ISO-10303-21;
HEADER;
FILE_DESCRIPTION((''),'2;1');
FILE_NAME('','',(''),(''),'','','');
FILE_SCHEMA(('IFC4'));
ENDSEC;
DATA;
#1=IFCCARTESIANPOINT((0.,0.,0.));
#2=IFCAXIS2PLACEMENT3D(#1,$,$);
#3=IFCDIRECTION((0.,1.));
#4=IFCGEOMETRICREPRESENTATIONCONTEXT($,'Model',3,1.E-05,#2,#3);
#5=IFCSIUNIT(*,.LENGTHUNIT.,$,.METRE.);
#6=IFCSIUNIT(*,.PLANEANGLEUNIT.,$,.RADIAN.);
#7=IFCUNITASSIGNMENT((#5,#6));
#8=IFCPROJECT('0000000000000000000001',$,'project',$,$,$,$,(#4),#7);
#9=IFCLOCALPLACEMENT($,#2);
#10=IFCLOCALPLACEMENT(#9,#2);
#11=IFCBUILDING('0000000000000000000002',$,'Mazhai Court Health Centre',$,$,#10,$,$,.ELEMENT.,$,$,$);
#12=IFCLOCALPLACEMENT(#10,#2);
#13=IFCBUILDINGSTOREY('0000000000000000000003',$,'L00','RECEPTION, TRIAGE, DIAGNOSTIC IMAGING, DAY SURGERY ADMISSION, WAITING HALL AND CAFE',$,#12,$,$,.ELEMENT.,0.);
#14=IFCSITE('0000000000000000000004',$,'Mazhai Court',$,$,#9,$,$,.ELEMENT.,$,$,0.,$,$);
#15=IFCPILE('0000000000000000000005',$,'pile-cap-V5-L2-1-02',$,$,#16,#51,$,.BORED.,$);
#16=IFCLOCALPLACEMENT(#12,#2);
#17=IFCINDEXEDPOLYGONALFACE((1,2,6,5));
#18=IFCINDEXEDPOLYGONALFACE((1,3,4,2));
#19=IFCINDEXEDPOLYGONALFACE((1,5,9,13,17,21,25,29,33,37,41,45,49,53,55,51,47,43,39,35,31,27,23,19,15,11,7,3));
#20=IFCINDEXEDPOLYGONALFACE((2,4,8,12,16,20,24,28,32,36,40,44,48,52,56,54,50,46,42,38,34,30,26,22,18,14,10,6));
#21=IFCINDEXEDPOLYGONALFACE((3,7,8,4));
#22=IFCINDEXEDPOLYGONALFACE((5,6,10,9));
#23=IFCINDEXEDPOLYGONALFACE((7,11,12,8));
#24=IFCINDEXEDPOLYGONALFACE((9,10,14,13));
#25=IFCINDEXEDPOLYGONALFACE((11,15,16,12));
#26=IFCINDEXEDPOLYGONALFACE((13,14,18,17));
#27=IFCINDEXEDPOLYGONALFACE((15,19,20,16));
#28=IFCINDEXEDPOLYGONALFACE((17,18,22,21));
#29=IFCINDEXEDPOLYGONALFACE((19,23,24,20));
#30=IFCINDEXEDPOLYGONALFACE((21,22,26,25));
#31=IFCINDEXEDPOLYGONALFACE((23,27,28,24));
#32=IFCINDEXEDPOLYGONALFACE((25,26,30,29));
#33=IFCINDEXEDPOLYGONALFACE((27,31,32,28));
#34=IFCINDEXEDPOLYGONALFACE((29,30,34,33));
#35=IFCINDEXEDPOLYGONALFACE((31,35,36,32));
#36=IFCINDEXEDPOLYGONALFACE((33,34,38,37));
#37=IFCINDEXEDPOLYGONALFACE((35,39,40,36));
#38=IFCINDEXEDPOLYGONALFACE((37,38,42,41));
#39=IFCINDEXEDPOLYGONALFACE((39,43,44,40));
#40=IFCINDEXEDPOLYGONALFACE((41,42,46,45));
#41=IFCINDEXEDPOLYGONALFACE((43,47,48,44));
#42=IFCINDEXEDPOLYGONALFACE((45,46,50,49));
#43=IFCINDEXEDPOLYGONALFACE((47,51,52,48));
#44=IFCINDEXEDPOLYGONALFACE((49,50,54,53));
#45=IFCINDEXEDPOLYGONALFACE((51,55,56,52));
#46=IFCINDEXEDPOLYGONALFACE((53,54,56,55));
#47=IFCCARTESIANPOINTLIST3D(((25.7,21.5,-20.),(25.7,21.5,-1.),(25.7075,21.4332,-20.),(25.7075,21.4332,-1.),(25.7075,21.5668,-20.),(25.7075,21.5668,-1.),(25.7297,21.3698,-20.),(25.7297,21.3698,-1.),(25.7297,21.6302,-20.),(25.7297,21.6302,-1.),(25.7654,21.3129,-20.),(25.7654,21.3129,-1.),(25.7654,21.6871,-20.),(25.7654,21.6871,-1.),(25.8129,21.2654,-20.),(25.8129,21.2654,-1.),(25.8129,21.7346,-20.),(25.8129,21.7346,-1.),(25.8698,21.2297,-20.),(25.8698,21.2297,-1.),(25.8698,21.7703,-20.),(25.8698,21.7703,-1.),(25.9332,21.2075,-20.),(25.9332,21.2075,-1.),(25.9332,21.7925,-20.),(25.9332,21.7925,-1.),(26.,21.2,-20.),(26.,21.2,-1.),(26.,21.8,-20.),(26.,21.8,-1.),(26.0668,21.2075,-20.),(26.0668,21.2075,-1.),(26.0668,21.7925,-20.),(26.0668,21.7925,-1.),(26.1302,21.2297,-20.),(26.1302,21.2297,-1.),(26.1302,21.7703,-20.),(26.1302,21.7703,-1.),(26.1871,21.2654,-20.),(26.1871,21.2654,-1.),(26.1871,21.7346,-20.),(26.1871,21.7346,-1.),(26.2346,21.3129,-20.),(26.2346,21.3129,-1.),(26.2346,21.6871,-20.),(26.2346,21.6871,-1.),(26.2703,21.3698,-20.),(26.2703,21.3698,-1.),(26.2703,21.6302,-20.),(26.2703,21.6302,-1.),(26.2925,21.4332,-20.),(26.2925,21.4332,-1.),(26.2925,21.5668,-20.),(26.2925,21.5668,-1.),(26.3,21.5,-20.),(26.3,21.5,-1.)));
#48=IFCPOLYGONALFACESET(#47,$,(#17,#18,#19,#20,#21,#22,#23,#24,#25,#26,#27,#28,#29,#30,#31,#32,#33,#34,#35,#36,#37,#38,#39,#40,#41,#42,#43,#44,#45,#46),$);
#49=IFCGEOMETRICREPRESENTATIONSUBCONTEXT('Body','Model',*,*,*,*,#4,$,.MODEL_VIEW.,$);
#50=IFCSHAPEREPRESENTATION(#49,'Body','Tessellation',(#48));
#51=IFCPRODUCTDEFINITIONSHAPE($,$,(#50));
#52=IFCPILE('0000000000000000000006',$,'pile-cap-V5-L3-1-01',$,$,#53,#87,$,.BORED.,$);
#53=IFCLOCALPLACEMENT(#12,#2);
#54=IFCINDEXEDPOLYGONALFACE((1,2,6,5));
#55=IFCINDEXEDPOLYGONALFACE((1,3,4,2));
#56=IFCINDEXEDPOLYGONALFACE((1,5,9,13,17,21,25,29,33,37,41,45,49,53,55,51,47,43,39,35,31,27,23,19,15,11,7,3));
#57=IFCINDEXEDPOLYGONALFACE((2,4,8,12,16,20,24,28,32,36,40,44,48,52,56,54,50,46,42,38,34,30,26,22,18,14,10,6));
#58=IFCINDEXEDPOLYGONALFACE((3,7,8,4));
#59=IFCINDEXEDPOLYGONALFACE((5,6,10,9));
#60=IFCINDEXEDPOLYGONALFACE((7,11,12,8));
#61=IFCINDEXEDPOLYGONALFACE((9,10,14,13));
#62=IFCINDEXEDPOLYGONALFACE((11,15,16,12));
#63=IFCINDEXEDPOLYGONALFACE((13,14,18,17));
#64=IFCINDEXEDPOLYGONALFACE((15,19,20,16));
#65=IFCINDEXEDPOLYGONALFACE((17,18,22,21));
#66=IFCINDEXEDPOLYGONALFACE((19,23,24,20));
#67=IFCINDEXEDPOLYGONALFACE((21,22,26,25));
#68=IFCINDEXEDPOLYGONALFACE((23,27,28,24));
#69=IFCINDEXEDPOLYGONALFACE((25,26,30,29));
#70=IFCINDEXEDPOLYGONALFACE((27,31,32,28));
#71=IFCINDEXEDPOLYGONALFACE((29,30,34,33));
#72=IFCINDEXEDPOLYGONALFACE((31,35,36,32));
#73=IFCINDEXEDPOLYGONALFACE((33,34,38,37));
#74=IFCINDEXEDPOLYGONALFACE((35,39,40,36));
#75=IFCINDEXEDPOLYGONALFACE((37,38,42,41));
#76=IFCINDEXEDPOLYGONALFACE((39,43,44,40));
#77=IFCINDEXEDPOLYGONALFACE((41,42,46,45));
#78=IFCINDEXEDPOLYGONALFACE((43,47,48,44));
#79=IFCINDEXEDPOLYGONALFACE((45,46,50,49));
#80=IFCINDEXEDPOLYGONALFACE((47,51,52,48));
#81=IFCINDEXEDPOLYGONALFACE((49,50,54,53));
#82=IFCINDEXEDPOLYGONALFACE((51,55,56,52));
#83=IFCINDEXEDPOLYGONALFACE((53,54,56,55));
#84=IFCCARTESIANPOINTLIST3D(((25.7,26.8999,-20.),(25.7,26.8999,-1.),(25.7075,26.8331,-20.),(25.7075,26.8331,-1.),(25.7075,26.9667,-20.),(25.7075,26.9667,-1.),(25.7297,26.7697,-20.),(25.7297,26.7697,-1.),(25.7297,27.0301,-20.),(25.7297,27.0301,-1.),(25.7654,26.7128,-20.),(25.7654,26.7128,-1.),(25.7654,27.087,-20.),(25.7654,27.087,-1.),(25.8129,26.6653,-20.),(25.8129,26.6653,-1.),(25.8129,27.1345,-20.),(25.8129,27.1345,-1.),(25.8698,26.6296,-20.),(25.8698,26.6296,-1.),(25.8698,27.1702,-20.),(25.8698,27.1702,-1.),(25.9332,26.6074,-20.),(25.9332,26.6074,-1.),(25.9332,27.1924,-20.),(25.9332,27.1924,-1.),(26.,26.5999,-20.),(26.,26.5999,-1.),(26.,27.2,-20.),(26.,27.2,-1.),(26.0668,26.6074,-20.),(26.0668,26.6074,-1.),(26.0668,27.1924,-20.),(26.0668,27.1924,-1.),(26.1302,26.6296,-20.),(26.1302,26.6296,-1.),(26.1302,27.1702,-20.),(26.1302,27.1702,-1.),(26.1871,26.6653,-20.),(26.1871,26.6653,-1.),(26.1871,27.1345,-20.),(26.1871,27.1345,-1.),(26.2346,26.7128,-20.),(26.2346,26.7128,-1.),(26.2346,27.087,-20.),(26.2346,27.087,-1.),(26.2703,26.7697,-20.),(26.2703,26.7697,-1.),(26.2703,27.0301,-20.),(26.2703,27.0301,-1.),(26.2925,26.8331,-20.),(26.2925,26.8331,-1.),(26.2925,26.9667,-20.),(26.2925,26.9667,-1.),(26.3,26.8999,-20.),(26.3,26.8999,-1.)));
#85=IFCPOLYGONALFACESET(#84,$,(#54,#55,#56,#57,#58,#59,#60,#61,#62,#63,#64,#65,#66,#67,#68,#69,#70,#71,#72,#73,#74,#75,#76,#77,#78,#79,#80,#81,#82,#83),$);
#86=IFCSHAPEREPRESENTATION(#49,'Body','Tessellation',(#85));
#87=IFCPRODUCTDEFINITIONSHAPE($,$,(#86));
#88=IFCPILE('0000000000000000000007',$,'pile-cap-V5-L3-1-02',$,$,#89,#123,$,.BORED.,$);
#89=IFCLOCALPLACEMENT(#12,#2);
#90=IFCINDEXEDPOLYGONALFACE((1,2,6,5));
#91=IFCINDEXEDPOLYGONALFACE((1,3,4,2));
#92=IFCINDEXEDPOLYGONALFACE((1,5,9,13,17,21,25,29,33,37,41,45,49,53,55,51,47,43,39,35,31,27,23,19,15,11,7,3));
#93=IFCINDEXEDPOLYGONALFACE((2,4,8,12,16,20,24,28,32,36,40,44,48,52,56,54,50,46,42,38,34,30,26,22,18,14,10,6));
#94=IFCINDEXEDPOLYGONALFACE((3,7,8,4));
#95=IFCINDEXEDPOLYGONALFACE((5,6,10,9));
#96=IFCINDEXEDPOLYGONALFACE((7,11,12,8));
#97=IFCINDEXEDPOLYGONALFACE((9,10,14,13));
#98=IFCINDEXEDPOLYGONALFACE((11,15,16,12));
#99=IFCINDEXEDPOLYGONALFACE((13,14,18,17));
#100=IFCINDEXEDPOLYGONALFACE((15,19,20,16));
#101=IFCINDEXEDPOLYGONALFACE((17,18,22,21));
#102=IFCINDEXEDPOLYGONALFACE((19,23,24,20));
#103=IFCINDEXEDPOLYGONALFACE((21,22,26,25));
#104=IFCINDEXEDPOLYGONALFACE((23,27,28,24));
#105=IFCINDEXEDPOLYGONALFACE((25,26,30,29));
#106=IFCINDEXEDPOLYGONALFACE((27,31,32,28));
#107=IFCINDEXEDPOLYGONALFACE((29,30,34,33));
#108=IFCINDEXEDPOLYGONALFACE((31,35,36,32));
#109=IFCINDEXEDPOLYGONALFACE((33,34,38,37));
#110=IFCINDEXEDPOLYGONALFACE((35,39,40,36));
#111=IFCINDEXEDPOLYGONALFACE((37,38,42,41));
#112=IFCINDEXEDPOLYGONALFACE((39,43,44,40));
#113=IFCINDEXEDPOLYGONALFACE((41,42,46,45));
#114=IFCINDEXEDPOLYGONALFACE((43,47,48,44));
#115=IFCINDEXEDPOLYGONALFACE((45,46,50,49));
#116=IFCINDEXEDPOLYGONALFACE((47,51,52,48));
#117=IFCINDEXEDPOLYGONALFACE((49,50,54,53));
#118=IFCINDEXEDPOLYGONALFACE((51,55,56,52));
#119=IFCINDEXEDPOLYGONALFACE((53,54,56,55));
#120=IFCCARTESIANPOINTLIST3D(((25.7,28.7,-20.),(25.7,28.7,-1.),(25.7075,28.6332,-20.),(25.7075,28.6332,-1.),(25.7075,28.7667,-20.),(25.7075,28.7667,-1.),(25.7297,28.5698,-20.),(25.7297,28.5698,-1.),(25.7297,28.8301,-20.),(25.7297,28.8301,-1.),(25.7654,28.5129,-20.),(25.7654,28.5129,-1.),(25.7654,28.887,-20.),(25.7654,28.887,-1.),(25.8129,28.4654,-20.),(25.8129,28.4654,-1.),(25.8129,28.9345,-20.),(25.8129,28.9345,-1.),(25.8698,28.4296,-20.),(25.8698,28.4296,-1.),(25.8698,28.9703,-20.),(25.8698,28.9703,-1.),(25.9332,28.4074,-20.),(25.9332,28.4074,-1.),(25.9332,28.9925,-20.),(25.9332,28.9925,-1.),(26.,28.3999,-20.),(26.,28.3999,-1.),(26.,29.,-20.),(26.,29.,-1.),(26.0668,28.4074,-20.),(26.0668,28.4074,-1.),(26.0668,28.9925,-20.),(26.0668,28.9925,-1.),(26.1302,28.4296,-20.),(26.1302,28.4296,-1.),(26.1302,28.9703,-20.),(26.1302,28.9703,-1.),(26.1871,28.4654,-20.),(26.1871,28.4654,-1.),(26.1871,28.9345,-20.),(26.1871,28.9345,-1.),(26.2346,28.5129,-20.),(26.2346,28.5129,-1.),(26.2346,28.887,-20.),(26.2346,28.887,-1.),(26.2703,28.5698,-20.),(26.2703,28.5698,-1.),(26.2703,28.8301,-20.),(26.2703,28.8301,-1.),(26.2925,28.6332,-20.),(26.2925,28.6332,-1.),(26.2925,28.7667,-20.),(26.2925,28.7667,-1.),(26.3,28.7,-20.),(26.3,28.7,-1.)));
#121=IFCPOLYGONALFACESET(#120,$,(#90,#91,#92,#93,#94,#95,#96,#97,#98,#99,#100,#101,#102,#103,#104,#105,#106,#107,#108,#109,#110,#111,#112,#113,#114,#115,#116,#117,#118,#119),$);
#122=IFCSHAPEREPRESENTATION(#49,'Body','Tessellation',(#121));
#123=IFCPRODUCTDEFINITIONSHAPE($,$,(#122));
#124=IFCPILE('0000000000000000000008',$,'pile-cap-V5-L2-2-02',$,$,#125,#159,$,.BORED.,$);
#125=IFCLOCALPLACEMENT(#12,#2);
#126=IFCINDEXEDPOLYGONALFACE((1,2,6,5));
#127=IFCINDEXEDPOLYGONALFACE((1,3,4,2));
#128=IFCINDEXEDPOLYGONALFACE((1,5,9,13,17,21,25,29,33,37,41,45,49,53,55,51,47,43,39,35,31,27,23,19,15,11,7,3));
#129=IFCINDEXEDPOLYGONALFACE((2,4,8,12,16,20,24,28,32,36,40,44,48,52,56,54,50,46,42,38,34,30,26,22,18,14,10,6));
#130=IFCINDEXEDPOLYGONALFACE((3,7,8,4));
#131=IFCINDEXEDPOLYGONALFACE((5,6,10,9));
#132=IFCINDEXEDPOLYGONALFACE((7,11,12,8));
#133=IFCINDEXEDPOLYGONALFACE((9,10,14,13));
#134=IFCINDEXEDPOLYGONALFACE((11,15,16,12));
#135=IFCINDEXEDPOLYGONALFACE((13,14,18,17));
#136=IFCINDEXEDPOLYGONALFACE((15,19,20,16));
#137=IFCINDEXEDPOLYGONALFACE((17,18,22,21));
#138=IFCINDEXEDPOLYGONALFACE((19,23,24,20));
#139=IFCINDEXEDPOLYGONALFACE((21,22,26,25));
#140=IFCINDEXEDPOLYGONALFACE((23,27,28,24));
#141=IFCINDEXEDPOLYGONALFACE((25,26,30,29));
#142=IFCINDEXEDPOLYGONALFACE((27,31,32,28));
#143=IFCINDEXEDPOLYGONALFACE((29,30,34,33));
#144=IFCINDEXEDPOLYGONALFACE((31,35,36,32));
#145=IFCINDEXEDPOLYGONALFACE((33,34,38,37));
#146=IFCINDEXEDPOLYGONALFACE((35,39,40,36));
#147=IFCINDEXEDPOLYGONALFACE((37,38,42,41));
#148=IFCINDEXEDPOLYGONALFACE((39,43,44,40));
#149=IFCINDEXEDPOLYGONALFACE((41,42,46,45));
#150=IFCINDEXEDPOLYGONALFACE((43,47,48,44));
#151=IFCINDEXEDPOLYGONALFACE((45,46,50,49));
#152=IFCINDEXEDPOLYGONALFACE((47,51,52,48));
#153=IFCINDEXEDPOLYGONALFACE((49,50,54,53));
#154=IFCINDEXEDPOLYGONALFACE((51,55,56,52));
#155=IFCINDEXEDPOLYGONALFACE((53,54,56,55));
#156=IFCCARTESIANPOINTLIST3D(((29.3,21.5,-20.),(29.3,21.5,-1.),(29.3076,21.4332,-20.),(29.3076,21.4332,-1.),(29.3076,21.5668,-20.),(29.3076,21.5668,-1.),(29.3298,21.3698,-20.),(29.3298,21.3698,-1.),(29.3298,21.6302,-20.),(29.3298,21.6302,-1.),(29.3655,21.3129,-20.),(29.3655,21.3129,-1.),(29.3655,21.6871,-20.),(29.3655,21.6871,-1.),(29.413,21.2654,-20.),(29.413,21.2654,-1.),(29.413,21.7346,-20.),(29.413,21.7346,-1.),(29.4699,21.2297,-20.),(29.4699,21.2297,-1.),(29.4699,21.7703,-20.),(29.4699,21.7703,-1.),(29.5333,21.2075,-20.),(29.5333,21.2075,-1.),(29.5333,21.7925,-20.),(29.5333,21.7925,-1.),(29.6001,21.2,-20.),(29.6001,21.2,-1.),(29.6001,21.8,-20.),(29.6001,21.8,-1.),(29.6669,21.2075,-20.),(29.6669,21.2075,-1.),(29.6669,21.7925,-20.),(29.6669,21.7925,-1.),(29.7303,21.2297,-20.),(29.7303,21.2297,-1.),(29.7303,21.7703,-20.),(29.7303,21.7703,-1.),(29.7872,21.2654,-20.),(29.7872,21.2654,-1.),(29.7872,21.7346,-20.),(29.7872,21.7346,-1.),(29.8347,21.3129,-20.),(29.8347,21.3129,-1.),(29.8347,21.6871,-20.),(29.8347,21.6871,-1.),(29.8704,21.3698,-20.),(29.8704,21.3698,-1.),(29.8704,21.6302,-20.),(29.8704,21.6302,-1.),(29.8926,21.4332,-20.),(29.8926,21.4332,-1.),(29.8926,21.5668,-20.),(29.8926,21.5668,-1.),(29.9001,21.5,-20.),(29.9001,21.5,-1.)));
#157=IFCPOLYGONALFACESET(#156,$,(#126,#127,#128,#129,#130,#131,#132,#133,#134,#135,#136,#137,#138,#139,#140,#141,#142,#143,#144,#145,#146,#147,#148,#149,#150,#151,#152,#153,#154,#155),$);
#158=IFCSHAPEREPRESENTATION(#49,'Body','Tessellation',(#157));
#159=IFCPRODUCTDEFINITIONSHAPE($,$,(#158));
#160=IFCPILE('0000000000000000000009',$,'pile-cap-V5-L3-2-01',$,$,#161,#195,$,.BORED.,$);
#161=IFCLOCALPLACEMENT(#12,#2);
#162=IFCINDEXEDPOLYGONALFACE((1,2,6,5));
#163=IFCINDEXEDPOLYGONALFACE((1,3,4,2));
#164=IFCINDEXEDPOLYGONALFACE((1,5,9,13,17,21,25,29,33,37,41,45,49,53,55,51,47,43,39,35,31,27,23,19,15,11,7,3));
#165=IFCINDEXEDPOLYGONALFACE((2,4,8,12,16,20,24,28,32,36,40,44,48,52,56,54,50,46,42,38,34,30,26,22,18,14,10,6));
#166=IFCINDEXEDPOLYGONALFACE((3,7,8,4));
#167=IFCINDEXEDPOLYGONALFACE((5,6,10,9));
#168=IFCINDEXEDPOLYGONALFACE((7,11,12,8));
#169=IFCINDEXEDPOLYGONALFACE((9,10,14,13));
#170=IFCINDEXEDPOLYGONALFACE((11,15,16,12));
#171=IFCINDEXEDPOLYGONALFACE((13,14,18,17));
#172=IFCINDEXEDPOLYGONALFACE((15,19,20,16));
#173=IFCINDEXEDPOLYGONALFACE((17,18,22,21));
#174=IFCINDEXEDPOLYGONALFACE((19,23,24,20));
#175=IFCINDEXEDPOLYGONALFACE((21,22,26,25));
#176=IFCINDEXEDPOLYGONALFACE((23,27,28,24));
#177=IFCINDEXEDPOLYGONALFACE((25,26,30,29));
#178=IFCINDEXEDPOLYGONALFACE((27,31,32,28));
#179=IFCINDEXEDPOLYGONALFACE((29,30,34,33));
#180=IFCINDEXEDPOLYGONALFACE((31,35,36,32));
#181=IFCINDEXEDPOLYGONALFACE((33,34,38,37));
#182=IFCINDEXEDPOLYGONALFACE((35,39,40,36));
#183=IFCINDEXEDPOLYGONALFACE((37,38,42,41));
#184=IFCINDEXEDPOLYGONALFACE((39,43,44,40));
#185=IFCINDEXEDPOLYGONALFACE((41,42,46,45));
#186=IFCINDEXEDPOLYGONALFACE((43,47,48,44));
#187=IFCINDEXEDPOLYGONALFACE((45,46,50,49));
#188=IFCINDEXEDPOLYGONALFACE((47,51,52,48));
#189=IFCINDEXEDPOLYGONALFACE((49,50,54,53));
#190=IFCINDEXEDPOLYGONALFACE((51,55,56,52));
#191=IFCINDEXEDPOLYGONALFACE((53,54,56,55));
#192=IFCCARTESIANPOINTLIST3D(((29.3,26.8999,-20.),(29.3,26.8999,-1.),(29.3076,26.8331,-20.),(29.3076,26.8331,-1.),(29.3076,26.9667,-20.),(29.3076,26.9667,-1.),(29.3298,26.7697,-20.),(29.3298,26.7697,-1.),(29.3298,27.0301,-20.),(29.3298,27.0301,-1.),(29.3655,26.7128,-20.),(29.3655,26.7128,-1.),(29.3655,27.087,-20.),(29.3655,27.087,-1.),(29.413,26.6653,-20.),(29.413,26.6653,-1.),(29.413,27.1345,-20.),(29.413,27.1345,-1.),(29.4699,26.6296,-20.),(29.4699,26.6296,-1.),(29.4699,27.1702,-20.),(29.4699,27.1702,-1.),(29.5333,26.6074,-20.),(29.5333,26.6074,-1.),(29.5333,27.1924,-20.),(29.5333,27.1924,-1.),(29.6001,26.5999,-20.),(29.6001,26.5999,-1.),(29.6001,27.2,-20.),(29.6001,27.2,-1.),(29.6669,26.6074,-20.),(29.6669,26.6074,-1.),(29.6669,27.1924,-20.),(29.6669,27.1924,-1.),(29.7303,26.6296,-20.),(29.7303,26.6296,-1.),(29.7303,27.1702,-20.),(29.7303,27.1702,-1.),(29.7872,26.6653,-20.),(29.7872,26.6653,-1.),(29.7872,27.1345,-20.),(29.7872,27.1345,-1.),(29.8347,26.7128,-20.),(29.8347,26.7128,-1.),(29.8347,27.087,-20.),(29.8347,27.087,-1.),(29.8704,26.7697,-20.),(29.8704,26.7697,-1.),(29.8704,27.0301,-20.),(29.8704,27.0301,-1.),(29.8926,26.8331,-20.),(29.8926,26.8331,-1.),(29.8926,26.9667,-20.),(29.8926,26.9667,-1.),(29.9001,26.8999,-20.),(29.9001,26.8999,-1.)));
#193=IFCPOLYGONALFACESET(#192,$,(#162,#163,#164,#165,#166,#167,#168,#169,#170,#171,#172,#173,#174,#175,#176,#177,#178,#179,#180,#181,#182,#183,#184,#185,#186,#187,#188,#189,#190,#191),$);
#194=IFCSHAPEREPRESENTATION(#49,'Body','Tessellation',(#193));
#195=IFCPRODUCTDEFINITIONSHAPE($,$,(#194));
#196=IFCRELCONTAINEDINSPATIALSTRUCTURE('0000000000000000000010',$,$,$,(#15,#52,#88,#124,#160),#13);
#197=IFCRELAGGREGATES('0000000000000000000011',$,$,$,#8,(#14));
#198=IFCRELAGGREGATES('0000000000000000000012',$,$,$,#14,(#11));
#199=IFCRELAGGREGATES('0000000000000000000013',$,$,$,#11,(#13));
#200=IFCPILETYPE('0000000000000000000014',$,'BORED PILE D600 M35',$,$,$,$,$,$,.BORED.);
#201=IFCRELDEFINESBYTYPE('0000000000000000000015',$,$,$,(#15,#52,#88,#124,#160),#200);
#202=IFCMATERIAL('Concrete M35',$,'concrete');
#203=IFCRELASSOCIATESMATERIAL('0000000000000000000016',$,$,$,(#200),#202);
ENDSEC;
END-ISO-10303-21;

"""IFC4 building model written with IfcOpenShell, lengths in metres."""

from ifc_helpers import new_model, si_unit, direction, frame, origin, origin_2d, place, context, subcontext, project, spatial, circle, extrude, material, material_profile, profile_set, type_object, element, save


model = new_model("IFC4")

# Units and contexts
model_context = context("Model", 3, precision=1e-05, world=origin(), true_north=direction((0.0, 1.0)))
body_context = subcontext(model_context, "Body", "Model", "MODEL_VIEW")
ifc_project = project(units=[si_unit("LENGTHUNIT", "METRE"), si_unit("PLANEANGLEUNIT", "RADIAN")], contexts=[model_context])

# Site, building, storey
site_placement = place(None, origin())
site = spatial("IfcSite", under=ifc_project, at=site_placement, Name="Mazhai Court", CompositionType="ELEMENT", RefElevation=0.0)
building_placement = place(site_placement, origin())
building = spatial("IfcBuilding", under=site, at=building_placement, Name="Mazhai Court Health Centre", CompositionType="ELEMENT")
storey_placement = place(building_placement, origin())
storey = spatial("IfcBuildingStorey", under=building, at=storey_placement, Name="L00", Description="RECEPTION, TRIAGE, DIAGNOSTIC IMAGING, DAY SURGERY ADMISSION, WAITING HALL AND CAFE", CompositionType="ELEMENT", Elevation=0.0)

# Piles
ifc_material_1 = material(Name="Concrete M35", Category="concrete")
ifc_material_profile_1 = material_profile(ifc_material_1, circle(Radius=0.3, at=origin_2d()), Name="RC PILE D600")
ifc_profile_set_1 = profile_set([ifc_material_profile_1], Name="Concrete M35")
pile_type = type_object("IfcPileType", Name="BORED PILE D600 M35", PredefinedType="BORED", material=ifc_profile_set_1)
for number, where, z_axis, x_axis, name in (
    (1, (26.0, 21.5, -1.0), (0.0, 0.0, -1.0), (1.0, 0.0, 0.0), "pile-cap-V5-L2-1-02"),
    (2, (26.0, 26.8999, -1.0), (0.0, 0.0, -1.0), (1.0, 0.0, 0.0), "pile-cap-V5-L3-1-01"),
    (3, (26.0, 28.7, -1.0), (0.0, 0.0, -1.0), (1.0, 0.0, 0.0), "pile-cap-V5-L3-1-02"),
    (4, (29.6001, 21.5, -1.0), (0.0, 0.0, -1.0), (1.0, 0.0, 0.0), "pile-cap-V5-L2-2-02"),
    (5, (29.6001, 26.8999, -1.0), (0.0, 0.0, -1.0), (1.0, 0.0, 0.0), "pile-cap-V5-L3-2-01"),
):
    element("IfcPile", number, at=place(storey_placement, frame(where, z_axis=z_axis, x_axis=x_axis)), inside=storey, type_object=pile_type, Name=name, PredefinedType="BORED", context=body_context, shape_type="SweptSolid", body=[
        extrude(circle(Radius=0.3, at=origin_2d()), origin(), (0.0, 0.0, 1.0), 19.0),
    ])

save(model, "model.ifc")
